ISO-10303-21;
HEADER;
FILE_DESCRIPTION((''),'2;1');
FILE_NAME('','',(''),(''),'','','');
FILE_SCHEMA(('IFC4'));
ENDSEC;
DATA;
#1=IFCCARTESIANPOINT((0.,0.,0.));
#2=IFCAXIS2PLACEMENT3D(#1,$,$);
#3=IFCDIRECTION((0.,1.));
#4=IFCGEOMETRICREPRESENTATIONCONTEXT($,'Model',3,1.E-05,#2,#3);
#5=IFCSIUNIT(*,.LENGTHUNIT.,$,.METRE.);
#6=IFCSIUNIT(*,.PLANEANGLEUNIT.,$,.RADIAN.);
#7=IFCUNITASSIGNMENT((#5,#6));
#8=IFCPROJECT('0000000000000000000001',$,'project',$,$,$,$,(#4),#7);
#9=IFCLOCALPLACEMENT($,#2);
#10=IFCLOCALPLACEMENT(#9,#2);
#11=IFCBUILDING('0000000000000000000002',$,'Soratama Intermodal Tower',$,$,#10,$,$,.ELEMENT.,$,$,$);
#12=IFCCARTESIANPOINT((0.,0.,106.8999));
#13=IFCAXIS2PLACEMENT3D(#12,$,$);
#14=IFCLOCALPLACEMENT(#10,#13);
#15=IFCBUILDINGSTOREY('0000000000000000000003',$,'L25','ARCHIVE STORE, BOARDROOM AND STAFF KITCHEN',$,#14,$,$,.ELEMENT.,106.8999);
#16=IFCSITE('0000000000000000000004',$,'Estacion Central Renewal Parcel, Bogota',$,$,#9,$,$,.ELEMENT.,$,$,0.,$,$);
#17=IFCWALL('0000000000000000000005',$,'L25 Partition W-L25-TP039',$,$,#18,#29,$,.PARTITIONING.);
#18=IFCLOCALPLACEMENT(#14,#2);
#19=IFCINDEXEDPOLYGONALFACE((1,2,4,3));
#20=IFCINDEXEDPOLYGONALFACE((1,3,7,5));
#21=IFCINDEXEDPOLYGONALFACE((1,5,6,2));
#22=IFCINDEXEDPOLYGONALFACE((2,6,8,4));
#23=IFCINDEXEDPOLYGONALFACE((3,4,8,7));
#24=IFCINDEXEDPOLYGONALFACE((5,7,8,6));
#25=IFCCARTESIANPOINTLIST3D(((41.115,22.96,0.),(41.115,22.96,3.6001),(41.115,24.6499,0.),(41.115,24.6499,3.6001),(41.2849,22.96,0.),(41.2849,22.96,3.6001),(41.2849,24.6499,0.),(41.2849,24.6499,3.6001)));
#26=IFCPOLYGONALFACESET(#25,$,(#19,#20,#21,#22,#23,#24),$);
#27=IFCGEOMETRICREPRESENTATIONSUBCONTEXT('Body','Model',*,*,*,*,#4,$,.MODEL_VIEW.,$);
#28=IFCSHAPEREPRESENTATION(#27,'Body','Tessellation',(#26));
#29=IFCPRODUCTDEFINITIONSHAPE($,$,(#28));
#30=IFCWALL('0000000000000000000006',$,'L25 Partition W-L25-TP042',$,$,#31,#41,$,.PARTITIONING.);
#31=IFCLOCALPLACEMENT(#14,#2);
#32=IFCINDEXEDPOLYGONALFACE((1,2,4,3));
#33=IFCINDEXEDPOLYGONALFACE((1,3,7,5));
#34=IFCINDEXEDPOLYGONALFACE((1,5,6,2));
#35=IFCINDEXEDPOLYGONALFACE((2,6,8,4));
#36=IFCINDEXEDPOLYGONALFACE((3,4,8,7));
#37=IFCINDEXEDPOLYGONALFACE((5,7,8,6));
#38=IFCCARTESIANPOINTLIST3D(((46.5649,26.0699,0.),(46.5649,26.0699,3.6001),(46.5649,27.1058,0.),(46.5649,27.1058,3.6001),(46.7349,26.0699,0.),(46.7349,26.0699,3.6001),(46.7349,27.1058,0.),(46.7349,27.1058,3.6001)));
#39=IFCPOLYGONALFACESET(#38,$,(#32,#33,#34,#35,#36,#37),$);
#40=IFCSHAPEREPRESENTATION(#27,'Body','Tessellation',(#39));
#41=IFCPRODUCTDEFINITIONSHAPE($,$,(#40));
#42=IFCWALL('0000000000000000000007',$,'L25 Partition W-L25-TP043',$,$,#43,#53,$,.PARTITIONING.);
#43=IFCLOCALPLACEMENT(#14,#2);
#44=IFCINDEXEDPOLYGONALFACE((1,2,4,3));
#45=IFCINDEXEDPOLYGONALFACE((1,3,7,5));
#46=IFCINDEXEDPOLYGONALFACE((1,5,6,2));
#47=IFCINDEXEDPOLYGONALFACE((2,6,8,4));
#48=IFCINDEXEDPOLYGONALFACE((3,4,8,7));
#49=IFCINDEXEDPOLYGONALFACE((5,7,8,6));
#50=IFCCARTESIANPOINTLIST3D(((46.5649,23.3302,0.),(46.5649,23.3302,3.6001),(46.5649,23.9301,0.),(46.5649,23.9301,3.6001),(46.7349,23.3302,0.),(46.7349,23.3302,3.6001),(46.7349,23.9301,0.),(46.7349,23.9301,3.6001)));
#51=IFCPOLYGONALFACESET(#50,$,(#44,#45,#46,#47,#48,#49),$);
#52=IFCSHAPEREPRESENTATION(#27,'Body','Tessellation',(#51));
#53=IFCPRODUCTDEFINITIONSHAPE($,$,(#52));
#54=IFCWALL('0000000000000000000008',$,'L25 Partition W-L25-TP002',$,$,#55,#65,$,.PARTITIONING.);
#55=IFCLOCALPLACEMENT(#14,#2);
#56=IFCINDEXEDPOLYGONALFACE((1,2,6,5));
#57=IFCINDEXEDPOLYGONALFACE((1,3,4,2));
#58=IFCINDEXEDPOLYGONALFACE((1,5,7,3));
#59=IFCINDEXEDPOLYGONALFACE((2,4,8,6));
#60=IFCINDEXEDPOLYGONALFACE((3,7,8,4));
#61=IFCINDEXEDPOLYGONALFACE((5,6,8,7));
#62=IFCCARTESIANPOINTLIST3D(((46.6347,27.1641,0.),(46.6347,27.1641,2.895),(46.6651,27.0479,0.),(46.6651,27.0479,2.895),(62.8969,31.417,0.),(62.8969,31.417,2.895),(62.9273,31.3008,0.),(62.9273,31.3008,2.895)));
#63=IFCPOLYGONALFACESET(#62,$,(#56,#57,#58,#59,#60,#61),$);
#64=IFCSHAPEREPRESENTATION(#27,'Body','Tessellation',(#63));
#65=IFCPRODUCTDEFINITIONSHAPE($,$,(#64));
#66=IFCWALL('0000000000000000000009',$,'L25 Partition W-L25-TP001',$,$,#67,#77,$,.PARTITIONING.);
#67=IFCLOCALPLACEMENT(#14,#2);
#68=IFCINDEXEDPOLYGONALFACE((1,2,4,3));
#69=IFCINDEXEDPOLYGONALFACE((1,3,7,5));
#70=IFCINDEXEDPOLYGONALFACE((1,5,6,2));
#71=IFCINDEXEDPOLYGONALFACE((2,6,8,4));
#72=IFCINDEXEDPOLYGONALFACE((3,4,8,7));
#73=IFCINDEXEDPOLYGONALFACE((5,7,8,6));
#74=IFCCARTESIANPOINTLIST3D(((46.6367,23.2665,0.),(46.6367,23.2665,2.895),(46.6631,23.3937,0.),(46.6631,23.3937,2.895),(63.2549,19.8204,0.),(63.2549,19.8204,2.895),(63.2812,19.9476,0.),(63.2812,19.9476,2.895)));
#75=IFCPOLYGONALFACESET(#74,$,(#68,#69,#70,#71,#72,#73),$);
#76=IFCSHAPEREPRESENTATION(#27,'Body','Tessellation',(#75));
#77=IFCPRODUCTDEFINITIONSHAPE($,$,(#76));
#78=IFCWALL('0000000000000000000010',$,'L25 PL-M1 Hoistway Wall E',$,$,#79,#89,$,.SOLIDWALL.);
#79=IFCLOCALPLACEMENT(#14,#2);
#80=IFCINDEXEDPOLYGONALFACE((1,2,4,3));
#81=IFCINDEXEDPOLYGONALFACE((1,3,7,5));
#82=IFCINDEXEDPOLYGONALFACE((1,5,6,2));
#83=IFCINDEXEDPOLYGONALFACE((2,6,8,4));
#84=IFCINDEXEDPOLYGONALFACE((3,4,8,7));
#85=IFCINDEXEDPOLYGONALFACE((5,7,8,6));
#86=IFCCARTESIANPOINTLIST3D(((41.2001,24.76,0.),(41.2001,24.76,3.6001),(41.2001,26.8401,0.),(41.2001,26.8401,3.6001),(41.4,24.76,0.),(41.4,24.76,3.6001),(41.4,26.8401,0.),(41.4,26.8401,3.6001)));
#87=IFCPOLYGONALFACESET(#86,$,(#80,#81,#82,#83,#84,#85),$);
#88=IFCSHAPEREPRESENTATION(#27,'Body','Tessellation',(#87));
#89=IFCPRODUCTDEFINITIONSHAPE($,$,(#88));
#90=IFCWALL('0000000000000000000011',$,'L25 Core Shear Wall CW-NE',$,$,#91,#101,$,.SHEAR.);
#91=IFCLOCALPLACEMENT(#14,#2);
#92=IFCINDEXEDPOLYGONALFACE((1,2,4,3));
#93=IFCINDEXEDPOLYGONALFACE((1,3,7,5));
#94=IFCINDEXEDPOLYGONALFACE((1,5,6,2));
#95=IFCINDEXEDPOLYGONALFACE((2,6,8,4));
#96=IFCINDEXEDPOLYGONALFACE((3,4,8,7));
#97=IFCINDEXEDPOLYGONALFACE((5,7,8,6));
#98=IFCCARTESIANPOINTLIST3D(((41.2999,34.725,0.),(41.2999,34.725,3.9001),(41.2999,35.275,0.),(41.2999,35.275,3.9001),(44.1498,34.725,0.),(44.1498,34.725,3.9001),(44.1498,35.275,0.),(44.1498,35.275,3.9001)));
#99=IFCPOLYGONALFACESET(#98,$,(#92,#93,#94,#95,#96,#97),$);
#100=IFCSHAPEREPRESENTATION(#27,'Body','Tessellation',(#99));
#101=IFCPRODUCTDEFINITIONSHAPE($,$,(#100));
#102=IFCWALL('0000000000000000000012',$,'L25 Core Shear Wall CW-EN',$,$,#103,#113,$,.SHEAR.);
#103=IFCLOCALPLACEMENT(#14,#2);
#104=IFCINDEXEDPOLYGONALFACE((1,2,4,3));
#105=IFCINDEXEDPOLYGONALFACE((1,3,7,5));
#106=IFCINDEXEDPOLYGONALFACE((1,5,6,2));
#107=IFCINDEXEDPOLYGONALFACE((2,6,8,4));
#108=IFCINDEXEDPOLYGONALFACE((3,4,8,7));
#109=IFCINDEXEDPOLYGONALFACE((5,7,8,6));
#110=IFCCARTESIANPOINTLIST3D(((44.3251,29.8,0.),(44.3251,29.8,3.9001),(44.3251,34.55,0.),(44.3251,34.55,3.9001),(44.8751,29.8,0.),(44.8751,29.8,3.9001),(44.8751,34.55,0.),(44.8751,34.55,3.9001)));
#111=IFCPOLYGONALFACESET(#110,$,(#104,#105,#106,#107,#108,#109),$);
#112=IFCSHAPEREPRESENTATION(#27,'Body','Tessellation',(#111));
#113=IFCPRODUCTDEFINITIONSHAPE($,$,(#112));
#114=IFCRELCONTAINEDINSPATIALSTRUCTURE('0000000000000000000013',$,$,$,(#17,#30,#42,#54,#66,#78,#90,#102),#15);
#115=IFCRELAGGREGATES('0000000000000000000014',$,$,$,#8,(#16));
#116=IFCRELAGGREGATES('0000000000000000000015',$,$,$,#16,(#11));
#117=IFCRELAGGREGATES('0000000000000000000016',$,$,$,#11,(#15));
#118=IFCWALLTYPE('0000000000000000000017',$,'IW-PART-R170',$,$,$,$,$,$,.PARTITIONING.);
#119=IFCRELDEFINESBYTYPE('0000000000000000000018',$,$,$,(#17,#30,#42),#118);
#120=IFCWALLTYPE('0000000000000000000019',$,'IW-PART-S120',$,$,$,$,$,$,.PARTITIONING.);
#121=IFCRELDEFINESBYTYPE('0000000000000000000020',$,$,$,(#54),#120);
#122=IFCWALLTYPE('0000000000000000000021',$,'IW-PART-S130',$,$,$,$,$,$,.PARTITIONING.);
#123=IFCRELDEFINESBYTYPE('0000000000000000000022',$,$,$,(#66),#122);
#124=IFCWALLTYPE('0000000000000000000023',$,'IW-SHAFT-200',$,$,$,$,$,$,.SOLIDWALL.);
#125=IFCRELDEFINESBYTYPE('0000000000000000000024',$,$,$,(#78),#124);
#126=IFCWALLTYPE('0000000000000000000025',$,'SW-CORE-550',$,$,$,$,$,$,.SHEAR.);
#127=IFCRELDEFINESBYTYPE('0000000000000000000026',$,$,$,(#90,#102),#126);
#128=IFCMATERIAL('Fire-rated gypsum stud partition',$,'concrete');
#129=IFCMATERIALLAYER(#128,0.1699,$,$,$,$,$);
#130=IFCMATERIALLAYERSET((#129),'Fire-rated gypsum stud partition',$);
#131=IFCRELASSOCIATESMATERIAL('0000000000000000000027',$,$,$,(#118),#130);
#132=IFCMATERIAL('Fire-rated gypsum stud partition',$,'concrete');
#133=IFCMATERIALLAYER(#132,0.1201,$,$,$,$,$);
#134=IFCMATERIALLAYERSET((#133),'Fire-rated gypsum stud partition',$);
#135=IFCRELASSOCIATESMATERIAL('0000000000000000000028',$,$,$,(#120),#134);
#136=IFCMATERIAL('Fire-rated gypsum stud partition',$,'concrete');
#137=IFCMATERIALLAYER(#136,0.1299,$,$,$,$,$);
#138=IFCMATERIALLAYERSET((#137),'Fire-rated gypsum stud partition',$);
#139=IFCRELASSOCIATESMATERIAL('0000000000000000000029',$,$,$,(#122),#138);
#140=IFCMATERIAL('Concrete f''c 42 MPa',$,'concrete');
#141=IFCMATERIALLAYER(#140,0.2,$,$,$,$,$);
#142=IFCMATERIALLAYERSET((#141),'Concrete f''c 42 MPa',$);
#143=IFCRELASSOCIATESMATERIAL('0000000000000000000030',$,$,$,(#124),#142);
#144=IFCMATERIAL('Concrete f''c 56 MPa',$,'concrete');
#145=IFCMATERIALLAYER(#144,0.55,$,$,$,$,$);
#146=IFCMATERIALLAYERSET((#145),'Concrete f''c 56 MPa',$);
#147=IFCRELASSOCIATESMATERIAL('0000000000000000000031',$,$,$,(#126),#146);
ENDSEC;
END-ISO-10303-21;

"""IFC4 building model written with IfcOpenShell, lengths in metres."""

from ifc_helpers import new_model, si_unit, direction, frame, frame_2d, origin, place, context, subcontext, project, spatial, rectangle, extrude, material, layer, layer_set, type_object, element, save


model = new_model("IFC4")

# Units and contexts
model_context = context("Model", 3, precision=1e-05, world=origin(), true_north=direction((0.0, 1.0)))
body_context = subcontext(model_context, "Body", "Model", "MODEL_VIEW")
ifc_project = project(units=[si_unit("LENGTHUNIT", "METRE"), si_unit("PLANEANGLEUNIT", "RADIAN")], contexts=[model_context])

# Site, building, storey
site_placement = place(None, origin())
site = spatial("IfcSite", under=ifc_project, at=site_placement, Name="Estacion Central Renewal Parcel, Bogota", CompositionType="ELEMENT", RefElevation=0.0)
building_placement = place(site_placement, origin())
building = spatial("IfcBuilding", under=site, at=building_placement, Name="Soratama Intermodal Tower", CompositionType="ELEMENT")
storey_placement = place(building_placement, frame((0.0, 0.0, 106.8999)))
storey = spatial("IfcBuildingStorey", under=building, at=storey_placement, Name="L25", Description="ARCHIVE STORE, BOARDROOM AND STAFF KITCHEN", CompositionType="ELEMENT", Elevation=106.8999)

# Shared definitions
ifc_material_1 = material(Name="Fire-rated gypsum stud partition", Category="concrete")
ifc_layer_1 = layer(ifc_material_1, 0.1699)
ifc_layer_set_1 = layer_set([ifc_layer_1], Name="Fire-rated gypsum stud partition")
wall_type_1 = type_object("IfcWallType", Name="IW-PART-R170", PredefinedType="PARTITIONING", material=ifc_layer_set_1)

# Walls
wall_1_placement = place(storey_placement, frame((41.2, 22.96, 0.0), z_axis=(0.0, 0.0, 1.0), x_axis=(0.0, 1.0, 0.0)))
element("IfcWall", 1, at=wall_1_placement, inside=storey, type_object=wall_type_1, Name="L25 Partition W-L25-TP039", PredefinedType="PARTITIONING", context=body_context, shape_type="SweptSolid", body=[
    extrude(rectangle(XDim=1.6899, YDim=0.1699, at=frame_2d((0.845, 0.0))), origin(), (0.0, 0.0, 1.0), 3.6001),
])
wall_2_placement = place(storey_placement, frame((46.6499, 27.106, 0.0), z_axis=(0.0, 0.0, 1.0), x_axis=(0.0, -1.0, 0.0)))
element("IfcWall", 2, at=wall_2_placement, inside=storey, type_object=wall_type_1, Name="L25 Partition W-L25-TP042", PredefinedType="PARTITIONING", context=body_context, shape_type="SweptSolid", body=[
    extrude(rectangle(XDim=1.0359, YDim=0.1699, at=frame_2d((0.5181, 0.0))), origin(), (0.0, 0.0, 1.0), 3.6001),
])
wall_3_placement = place(storey_placement, frame((46.6499, 23.9299, 0.0), z_axis=(0.0, 0.0, 1.0), x_axis=(0.0, -1.0, 0.0)))
element("IfcWall", 3, at=wall_3_placement, inside=storey, type_object=wall_type_1, Name="L25 Partition W-L25-TP043", PredefinedType="PARTITIONING", context=body_context, shape_type="SweptSolid", body=[
    extrude(rectangle(XDim=0.5999, YDim=0.1699, at=frame_2d((0.2998, 0.0))), origin(), (0.0, 0.0, 1.0), 3.6001),
])
ifc_material_2 = material(Name="Fire-rated gypsum stud partition", Category="concrete")
ifc_layer_2 = layer(ifc_material_2, 0.1201)
ifc_layer_set_2 = layer_set([ifc_layer_2], Name="Fire-rated gypsum stud partition")
wall_type_2 = type_object("IfcWallType", Name="IW-PART-S120", PredefinedType="PARTITIONING", material=ifc_layer_set_2)
wall_4_placement = place(storey_placement, frame((46.6499, 27.106, 0.0), z_axis=(0.0, 0.0, 1.0), x_axis=(0.967463, 0.253013, 0.0)))
element("IfcWall", 4, at=wall_4_placement, inside=storey, type_object=wall_type_2, Name="L25 Partition W-L25-TP002", PredefinedType="PARTITIONING", context=body_context, shape_type="SweptSolid", body=[
    extrude(rectangle(XDim=16.8091, YDim=0.1201, at=frame_2d((8.4045, 0.0))), origin(), (0.0, 0.0, 1.0), 2.895),
])
ifc_material_3 = material(Name="Fire-rated gypsum stud partition", Category="concrete")
ifc_layer_3 = layer(ifc_material_3, 0.1299)
ifc_layer_set_3 = layer_set([ifc_layer_3], Name="Fire-rated gypsum stud partition")
wall_type_3 = type_object("IfcWallType", Name="IW-PART-S130", PredefinedType="PARTITIONING", material=ifc_layer_set_3)
wall_5_placement = place(storey_placement, frame((46.6499, 23.3301, 0.0), z_axis=(0.0, 0.0, 1.0), x_axis=(0.979169, -0.203047, 0.0)))
element("IfcWall", 5, at=wall_5_placement, inside=storey, type_object=wall_type_3, Name="L25 Partition W-L25-TP001", PredefinedType="PARTITIONING", context=body_context, shape_type="SweptSolid", body=[
    extrude(rectangle(XDim=16.9717, YDim=0.1299, at=frame_2d((8.4858, 0.0))), origin(), (0.0, 0.0, 1.0), 2.895),
])
ifc_material_4 = material(Name="Concrete f'c 42 MPa", Category="concrete")
ifc_layer_4 = layer(ifc_material_4, 0.2)
ifc_layer_set_4 = layer_set([ifc_layer_4], Name="Concrete f'c 42 MPa")
wall_type_4 = type_object("IfcWallType", Name="IW-SHAFT-200", PredefinedType="SOLIDWALL", material=ifc_layer_set_4)
wall_6_placement = place(storey_placement, frame((41.3, 24.76, 0.0), z_axis=(0.0, 0.0, 1.0), x_axis=(0.0, 1.0, 0.0)))
element("IfcWall", 6, at=wall_6_placement, inside=storey, type_object=wall_type_4, Name="L25 PL-M1 Hoistway Wall E", PredefinedType="SOLIDWALL", context=body_context, shape_type="SweptSolid", body=[
    extrude(rectangle(XDim=2.0801, YDim=0.2, at=frame_2d((1.04, 0.0))), origin(), (0.0, 0.0, 1.0), 3.6001),
])
ifc_material_5 = material(Name="Concrete f'c 56 MPa", Category="concrete")
ifc_layer_5 = layer(ifc_material_5, 0.55)
ifc_layer_set_5 = layer_set([ifc_layer_5], Name="Concrete f'c 56 MPa")
wall_type_5 = type_object("IfcWallType", Name="SW-CORE-550", PredefinedType="SHEAR", material=ifc_layer_set_5)
wall_7_placement = place(storey_placement, frame((41.3, 35.0, 0.0), z_axis=(0.0, 0.0, 1.0), x_axis=(1.0, 0.0, 0.0)))
element("IfcWall", 7, at=wall_7_placement, inside=storey, type_object=wall_type_5, Name="L25 Core Shear Wall CW-NE", PredefinedType="SHEAR", context=body_context, shape_type="SweptSolid", body=[
    extrude(rectangle(XDim=2.8499, YDim=0.55, at=frame_2d((1.4248, 0.0))), origin(), (0.0, 0.0, 1.0), 3.9001),
])
wall_8_placement = place(storey_placement, frame((44.6001, 29.8, 0.0), z_axis=(0.0, 0.0, 1.0), x_axis=(0.0, 1.0, 0.0)))
element("IfcWall", 8, at=wall_8_placement, inside=storey, type_object=wall_type_5, Name="L25 Core Shear Wall CW-EN", PredefinedType="SHEAR", context=body_context, shape_type="SweptSolid", body=[
    extrude(rectangle(XDim=4.75, YDim=0.55, at=frame_2d((2.375, 0.0))), origin(), (0.0, 0.0, 1.0), 3.9001),
])

save(model, "model.ifc")
